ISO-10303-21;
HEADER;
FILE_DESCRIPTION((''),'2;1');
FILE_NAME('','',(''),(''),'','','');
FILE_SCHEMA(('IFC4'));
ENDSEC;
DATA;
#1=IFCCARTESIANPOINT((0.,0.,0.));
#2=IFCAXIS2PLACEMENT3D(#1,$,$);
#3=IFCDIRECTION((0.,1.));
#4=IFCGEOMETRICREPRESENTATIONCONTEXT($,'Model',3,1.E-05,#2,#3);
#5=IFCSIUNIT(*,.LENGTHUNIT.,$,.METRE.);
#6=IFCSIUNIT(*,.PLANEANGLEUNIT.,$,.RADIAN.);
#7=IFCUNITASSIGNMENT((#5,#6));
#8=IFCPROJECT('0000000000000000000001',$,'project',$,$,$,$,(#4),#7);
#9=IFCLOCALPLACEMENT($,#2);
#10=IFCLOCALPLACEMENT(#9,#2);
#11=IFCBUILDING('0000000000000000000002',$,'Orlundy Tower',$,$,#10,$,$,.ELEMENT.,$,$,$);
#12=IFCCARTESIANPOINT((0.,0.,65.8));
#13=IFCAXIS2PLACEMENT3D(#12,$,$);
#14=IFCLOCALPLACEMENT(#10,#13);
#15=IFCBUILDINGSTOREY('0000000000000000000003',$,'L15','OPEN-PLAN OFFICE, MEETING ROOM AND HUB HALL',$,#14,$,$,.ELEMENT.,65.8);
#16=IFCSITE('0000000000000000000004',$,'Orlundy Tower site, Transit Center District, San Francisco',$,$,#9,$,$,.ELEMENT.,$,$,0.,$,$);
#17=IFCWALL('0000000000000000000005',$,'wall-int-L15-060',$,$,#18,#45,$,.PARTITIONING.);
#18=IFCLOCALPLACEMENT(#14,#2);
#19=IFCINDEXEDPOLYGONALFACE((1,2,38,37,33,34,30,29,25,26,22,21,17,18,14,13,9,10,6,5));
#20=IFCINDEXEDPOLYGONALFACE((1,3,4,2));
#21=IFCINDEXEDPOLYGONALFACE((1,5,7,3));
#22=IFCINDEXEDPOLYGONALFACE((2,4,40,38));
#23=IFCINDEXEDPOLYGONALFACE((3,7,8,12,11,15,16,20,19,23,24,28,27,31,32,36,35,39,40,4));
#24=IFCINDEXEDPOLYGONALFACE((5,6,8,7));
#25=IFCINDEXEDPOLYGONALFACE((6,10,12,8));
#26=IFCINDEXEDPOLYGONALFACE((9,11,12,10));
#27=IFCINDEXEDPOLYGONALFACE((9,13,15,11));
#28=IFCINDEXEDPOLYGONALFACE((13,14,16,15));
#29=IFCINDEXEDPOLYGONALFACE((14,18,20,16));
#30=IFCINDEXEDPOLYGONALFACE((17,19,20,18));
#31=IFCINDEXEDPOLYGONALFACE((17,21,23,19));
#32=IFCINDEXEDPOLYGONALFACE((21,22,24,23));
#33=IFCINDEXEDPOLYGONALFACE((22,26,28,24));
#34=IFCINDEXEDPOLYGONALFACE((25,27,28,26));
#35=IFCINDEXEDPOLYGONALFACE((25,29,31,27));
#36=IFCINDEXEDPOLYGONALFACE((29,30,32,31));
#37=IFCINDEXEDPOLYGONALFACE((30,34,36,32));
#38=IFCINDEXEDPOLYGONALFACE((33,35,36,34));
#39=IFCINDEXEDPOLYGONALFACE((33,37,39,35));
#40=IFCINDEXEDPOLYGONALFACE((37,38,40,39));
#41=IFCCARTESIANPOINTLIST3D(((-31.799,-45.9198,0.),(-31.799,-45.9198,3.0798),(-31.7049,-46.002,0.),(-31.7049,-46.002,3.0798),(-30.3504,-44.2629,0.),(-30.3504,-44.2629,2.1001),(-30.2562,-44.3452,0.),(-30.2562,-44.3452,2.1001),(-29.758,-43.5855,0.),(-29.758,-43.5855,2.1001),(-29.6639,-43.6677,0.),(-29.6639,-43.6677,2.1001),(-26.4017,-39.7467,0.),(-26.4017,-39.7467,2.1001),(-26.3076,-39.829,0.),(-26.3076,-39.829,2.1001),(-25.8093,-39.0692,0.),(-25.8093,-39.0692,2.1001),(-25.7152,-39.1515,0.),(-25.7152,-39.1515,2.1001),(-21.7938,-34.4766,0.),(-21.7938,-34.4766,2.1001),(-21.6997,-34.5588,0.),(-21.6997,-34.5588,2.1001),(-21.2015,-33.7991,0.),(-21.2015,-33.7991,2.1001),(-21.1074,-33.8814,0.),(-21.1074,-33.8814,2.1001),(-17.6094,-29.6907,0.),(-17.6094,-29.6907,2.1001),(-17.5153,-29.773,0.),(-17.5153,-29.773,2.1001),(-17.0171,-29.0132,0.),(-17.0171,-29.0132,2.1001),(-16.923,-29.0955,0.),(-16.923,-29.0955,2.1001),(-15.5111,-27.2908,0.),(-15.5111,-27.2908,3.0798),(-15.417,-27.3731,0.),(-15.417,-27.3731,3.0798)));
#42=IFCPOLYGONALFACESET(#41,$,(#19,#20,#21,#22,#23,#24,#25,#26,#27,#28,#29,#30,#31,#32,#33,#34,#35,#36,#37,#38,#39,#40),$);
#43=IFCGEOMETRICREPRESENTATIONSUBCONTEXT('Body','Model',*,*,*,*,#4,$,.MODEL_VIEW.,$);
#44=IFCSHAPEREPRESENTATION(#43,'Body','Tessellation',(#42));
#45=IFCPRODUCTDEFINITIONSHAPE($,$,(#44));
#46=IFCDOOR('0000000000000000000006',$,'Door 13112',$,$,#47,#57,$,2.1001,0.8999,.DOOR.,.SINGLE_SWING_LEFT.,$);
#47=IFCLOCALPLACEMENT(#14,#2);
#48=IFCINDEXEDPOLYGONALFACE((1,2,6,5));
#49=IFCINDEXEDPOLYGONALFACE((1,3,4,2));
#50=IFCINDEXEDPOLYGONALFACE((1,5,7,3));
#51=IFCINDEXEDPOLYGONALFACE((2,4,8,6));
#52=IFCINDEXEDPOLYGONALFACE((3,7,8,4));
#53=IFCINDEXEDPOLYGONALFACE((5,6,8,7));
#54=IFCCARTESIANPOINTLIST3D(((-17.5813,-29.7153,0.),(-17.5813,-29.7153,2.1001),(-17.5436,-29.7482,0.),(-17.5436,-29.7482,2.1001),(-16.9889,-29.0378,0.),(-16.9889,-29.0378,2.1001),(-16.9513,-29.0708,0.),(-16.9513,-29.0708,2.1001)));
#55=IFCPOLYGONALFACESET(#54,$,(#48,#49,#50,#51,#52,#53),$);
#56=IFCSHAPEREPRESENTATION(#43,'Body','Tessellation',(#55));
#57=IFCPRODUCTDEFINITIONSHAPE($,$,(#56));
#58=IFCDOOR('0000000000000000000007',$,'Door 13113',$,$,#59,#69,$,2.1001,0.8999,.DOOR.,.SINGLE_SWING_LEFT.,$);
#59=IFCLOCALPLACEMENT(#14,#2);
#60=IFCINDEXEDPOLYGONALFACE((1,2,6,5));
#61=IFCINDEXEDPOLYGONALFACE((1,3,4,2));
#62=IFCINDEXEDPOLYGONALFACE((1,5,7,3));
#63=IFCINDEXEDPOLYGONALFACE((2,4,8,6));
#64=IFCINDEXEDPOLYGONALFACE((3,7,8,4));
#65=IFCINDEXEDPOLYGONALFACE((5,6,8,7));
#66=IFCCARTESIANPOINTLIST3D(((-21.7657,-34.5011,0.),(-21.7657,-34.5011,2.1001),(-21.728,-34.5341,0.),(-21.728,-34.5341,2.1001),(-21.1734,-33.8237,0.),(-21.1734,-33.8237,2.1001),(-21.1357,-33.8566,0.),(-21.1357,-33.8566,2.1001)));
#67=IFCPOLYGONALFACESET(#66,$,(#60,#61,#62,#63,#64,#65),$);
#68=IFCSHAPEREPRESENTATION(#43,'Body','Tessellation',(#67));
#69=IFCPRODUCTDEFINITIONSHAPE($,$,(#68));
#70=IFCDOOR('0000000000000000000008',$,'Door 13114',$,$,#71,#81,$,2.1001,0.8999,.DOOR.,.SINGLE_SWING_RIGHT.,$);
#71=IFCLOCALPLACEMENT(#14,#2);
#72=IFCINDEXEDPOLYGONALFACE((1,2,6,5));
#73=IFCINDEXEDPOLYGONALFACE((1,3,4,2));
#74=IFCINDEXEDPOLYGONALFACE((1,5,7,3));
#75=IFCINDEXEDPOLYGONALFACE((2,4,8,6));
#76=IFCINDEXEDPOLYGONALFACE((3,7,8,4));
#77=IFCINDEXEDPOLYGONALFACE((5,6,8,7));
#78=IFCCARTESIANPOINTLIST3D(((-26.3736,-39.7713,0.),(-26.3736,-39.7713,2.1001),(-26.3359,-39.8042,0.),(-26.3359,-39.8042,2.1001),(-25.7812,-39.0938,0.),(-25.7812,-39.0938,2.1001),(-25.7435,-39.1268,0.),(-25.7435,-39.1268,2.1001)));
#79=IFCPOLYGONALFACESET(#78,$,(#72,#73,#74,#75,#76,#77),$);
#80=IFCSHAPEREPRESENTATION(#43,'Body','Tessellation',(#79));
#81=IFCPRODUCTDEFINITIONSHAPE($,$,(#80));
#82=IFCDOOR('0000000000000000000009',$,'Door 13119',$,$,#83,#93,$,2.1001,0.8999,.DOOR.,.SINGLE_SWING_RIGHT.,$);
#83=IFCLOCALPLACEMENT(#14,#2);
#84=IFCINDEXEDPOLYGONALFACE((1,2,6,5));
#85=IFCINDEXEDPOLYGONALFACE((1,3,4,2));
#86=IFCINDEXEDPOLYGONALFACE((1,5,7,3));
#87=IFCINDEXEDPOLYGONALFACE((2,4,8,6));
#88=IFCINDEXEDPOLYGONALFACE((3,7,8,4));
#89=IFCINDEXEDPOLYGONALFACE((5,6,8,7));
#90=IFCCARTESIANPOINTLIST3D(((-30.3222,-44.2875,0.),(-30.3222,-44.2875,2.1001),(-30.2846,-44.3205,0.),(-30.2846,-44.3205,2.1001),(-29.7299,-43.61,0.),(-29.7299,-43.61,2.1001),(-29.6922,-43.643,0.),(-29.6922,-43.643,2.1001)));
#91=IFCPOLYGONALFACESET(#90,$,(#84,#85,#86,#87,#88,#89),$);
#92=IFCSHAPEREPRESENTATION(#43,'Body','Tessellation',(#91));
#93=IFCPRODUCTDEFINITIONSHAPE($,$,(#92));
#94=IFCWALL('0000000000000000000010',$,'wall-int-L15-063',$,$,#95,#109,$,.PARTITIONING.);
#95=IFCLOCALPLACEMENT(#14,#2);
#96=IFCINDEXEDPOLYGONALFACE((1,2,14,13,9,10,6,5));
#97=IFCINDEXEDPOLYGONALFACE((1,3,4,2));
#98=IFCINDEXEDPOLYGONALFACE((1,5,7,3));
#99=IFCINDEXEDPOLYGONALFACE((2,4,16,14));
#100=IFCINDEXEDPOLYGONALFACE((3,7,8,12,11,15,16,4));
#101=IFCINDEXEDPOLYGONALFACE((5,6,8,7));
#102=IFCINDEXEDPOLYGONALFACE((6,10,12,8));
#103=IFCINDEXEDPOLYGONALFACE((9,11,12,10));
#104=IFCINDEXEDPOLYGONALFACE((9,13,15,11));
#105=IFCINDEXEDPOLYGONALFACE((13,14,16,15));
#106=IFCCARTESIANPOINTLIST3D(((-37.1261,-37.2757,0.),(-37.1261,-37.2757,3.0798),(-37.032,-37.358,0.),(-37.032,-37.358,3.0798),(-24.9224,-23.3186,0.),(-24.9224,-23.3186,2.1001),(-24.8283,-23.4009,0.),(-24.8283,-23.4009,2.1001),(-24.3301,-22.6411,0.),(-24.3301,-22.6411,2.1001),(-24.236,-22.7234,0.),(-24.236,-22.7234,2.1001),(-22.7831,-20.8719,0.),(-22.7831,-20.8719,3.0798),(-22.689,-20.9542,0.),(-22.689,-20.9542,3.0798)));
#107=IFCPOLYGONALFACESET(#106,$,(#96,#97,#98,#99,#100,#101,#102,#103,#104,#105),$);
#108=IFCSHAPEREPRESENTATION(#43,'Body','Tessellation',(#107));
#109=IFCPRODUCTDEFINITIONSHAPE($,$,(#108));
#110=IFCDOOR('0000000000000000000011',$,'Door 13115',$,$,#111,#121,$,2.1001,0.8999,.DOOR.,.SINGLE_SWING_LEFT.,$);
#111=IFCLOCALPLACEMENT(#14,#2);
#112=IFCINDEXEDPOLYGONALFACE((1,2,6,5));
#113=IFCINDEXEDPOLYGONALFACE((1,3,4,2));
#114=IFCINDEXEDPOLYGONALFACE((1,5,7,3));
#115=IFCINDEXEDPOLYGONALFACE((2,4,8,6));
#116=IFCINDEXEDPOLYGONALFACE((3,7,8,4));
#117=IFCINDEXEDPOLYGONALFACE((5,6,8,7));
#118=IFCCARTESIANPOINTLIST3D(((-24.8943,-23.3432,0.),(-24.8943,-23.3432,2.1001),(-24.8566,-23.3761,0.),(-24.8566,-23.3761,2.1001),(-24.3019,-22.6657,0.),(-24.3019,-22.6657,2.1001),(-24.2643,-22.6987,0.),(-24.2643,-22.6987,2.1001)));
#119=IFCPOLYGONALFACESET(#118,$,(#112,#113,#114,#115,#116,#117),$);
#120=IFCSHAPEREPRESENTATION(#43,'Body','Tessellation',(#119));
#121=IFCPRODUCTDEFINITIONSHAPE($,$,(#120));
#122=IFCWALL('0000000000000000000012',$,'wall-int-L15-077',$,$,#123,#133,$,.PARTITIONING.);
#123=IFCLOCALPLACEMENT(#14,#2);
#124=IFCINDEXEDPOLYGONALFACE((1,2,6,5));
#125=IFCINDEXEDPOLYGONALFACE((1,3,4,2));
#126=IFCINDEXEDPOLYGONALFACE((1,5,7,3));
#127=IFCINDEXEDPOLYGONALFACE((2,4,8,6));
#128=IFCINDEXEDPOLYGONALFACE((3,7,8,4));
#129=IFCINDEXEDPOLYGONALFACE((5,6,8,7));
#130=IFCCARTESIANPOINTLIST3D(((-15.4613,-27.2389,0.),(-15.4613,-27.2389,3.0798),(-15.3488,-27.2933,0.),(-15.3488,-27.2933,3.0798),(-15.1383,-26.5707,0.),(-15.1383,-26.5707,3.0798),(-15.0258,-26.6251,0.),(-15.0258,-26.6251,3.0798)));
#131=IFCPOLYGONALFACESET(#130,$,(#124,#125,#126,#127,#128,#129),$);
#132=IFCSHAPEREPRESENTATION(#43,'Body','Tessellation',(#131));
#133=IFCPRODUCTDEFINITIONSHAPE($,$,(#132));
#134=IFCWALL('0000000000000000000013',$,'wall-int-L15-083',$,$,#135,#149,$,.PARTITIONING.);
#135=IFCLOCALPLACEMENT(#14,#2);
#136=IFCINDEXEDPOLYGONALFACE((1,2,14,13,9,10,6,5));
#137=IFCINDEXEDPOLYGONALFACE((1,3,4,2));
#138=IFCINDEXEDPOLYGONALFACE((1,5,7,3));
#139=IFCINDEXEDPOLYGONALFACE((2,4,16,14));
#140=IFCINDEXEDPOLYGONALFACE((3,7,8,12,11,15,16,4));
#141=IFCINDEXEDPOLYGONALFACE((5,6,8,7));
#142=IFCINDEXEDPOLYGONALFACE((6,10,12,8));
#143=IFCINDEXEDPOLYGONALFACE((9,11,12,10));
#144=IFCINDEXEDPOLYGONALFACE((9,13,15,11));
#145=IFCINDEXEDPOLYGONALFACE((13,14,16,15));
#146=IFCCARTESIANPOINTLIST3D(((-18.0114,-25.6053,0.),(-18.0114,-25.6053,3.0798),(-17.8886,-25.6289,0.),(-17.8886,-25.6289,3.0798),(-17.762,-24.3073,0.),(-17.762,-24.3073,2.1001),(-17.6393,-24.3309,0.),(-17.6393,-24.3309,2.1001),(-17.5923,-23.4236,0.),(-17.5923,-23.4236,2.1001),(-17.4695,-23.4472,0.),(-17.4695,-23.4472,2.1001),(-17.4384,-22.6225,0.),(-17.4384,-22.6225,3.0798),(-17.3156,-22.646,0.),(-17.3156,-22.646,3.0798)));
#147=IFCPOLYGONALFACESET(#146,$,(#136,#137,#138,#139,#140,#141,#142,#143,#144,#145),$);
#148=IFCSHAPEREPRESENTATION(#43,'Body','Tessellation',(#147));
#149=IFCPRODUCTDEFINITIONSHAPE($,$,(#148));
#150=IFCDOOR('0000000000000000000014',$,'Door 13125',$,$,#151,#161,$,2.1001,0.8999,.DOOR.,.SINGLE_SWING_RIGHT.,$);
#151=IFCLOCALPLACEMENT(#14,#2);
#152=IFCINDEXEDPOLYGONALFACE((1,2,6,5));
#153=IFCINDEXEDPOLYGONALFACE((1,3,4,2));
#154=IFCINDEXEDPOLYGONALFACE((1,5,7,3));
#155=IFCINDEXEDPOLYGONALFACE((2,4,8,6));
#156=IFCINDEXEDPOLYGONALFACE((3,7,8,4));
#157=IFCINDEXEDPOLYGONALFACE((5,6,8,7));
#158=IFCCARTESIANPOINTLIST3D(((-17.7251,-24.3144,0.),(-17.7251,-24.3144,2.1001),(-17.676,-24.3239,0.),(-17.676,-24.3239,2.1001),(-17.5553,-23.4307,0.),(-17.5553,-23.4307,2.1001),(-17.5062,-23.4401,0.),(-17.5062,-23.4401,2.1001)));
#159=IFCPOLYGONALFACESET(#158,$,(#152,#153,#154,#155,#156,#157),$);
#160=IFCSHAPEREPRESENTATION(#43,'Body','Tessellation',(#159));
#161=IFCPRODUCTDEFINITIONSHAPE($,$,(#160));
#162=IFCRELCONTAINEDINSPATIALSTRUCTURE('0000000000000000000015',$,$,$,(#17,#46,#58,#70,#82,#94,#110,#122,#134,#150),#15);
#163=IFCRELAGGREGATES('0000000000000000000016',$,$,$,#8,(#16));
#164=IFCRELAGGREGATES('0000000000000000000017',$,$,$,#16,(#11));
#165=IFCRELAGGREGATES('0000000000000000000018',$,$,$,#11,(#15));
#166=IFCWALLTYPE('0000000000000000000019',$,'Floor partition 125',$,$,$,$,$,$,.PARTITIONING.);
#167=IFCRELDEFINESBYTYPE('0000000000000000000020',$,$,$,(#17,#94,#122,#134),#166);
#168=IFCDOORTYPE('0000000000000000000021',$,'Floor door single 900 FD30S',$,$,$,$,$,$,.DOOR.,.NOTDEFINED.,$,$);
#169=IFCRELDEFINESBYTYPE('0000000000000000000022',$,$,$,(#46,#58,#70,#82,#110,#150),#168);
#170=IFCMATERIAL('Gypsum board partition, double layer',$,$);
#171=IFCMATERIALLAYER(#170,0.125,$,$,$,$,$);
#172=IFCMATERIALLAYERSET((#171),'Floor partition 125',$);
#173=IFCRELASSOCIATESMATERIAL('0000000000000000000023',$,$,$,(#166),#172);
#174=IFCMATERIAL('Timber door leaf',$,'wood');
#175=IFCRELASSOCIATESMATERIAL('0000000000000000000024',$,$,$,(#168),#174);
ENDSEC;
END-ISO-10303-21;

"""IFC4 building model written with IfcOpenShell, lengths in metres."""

from ifc_helpers import new_model, si_unit, direction, frame, frame_2d, origin, place, context, subcontext, project, spatial, rectangle, extrude, material, layer, layer_set, type_object, element, fill, save


model = new_model("IFC4")

# Units and contexts
model_context = context("Model", 3, precision=1e-05, world=origin(), true_north=direction((0.0, 1.0)))
body_context = subcontext(model_context, "Body", "Model", "MODEL_VIEW")
ifc_project = project(units=[si_unit("LENGTHUNIT", "METRE"), si_unit("PLANEANGLEUNIT", "RADIAN")], contexts=[model_context])

# Site, building, storey
site_placement = place(None, origin())
site = spatial("IfcSite", under=ifc_project, at=site_placement, Name="Orlundy Tower site, Transit Center District, San Francisco", CompositionType="ELEMENT", RefElevation=0.0)
building_placement = place(site_placement, origin())
building = spatial("IfcBuilding", under=site, at=building_placement, Name="Orlundy Tower", CompositionType="ELEMENT")
storey_placement = place(building_placement, frame((0.0, 0.0, 65.8)))
storey = spatial("IfcBuildingStorey", under=building, at=storey_placement, Name="L15", Description="OPEN-PLAN OFFICE, MEETING ROOM AND HUB HALL", CompositionType="ELEMENT", Elevation=65.8)

# Shared definitions
ifc_material_1 = material(Name="Gypsum board partition, double layer")
ifc_layer_1 = layer(ifc_material_1, 0.125)
ifc_layer_set_1 = layer_set([ifc_layer_1], Name="Floor partition 125")
wall_type_1 = type_object("IfcWallType", Name="Floor partition 125", PredefinedType="PARTITIONING", material=ifc_layer_set_1)

# Wall, openings, doors
wall_1_placement = place(storey_placement, frame((-15.4641, -27.332, 0.0), z_axis=(0.0, 0.0, 1.0), x_axis=(-0.65822, -0.752826, 0.0)))
wall_1 = element("IfcWall", 1, at=wall_1_placement, inside=storey, type_object=wall_type_1, Name="wall-int-L15-060", PredefinedType="PARTITIONING", context=body_context, shape_type="SweptSolid", body=[
    extrude(rectangle(XDim=24.7454, YDim=0.125, at=frame_2d((12.3726, 0.0))), origin(), (0.0, 0.0, 1.0), 3.0798),
])
opening_1_placement = place(wall_1_placement, frame((2.2878, 0.0, 0.0)))
opening_1 = element("IfcOpeningElement", 2, at=opening_1_placement, cuts=wall_1, PredefinedType="OPENING", context=body_context, shape_type="SweptSolid", body=[
    extrude(rectangle(XDim=0.8999, YDim=2.1001, at=frame_2d((0.45, 1.05))), frame((0.0, 0.0725, 0.0), z_axis=(0.0, -1.0, 0.0), x_axis=(1.0, 0.0, 0.0)), (0.0, 0.0, 1.0), 0.145),
])
opening_2_placement = place(wall_1_placement, frame((8.645, 0.0, 0.0)))
opening_2 = element("IfcOpeningElement", 3, at=opening_2_placement, cuts=wall_1, PredefinedType="OPENING", context=body_context, shape_type="SweptSolid", body=[
    extrude(rectangle(XDim=0.8999, YDim=2.1001, at=frame_2d((0.45, 1.05))), frame((0.0, 0.0725, 0.0), z_axis=(0.0, -1.0, 0.0), x_axis=(1.0, 0.0, 0.0)), (0.0, 0.0, 1.0), 0.145),
])
opening_3_placement = place(wall_1_placement, frame((15.6455, 0.0, 0.0)))
opening_3 = element("IfcOpeningElement", 4, at=opening_3_placement, cuts=wall_1, PredefinedType="OPENING", context=body_context, shape_type="SweptSolid", body=[
    extrude(rectangle(XDim=0.8999, YDim=2.1001, at=frame_2d((0.45, 1.05))), frame((0.0, 0.0725, 0.0), z_axis=(0.0, -1.0, 0.0), x_axis=(1.0, 0.0, 0.0)), (0.0, 0.0, 1.0), 0.145),
])
opening_4_placement = place(wall_1_placement, frame((21.6445, 0.0, 0.0)))
opening_4 = element("IfcOpeningElement", 5, at=opening_4_placement, cuts=wall_1, PredefinedType="OPENING", context=body_context, shape_type="SweptSolid", body=[
    extrude(rectangle(XDim=0.8999, YDim=2.1001, at=frame_2d((0.45, 1.05))), frame((0.0, 0.0725, 0.0), z_axis=(0.0, -1.0, 0.0), x_axis=(1.0, 0.0, 0.0)), (0.0, 0.0, 1.0), 0.145),
])
ifc_material_2 = material(Name="Timber door leaf", Category="wood")
door_type = type_object("IfcDoorType", Name="Floor door single 900 FD30S", OperationType="NOTDEFINED", PredefinedType="DOOR", material=ifc_material_2)
door_1_placement = place(opening_1_placement, origin())
door_1 = element("IfcDoor", 6, at=door_1_placement, inside=storey, type_object=door_type, Name="Door 13112", OperationType="SINGLE_SWING_LEFT", OverallHeight=2.1001, OverallWidth=0.8999, PredefinedType="DOOR", context=body_context, shape_type="SweptSolid", body=[
    extrude(rectangle(XDim=0.8999, YDim=2.1001, at=frame_2d((0.45, 1.05))), frame((0.0, 0.0249, 0.0), z_axis=(0.0, -1.0, 0.0), x_axis=(1.0, 0.0, 0.0)), (0.0, 0.0, 1.0), 0.05),
])
fill(opening_1, door_1)
door_2_placement = place(opening_2_placement, origin())
door_2 = element("IfcDoor", 7, at=door_2_placement, inside=storey, type_object=door_type, Name="Door 13113", OperationType="SINGLE_SWING_LEFT", OverallHeight=2.1001, OverallWidth=0.8999, PredefinedType="DOOR", context=body_context, shape_type="SweptSolid", body=[
    extrude(rectangle(XDim=0.8999, YDim=2.1001, at=frame_2d((0.45, 1.05))), frame((0.0, 0.0249, 0.0), z_axis=(0.0, -1.0, 0.0), x_axis=(1.0, 0.0, 0.0)), (0.0, 0.0, 1.0), 0.05),
])
fill(opening_2, door_2)
door_3_placement = place(opening_3_placement, origin())
door_3 = element("IfcDoor", 8, at=door_3_placement, inside=storey, type_object=door_type, Name="Door 13114", OperationType="SINGLE_SWING_RIGHT", OverallHeight=2.1001, OverallWidth=0.8999, PredefinedType="DOOR", context=body_context, shape_type="SweptSolid", body=[
    extrude(rectangle(XDim=0.8999, YDim=2.1001, at=frame_2d((0.45, 1.05))), frame((0.0, 0.0249, 0.0), z_axis=(0.0, -1.0, 0.0), x_axis=(1.0, 0.0, 0.0)), (0.0, 0.0, 1.0), 0.05),
])
fill(opening_3, door_3)
door_4_placement = place(opening_4_placement, origin())
door_4 = element("IfcDoor", 9, at=door_4_placement, inside=storey, type_object=door_type, Name="Door 13119", OperationType="SINGLE_SWING_RIGHT", OverallHeight=2.1001, OverallWidth=0.8999, PredefinedType="DOOR", context=body_context, shape_type="SweptSolid", body=[
    extrude(rectangle(XDim=0.8999, YDim=2.1001, at=frame_2d((0.45, 1.05))), frame((0.0, 0.0249, 0.0), z_axis=(0.0, -1.0, 0.0), x_axis=(1.0, 0.0, 0.0)), (0.0, 0.0, 1.0), 0.05),
])
fill(opening_4, door_4)

# Wall, opening, door
wall_2_placement = place(storey_placement, frame((-22.7361, -20.9131, 0.0), z_axis=(0.0, 0.0, 1.0), x_axis=(-0.658236, -0.752811, 0.0)))
wall_2 = element("IfcWall", 10, at=wall_2_placement, inside=storey, type_object=wall_type_1, Name="wall-int-L15-063", PredefinedType="PARTITIONING", context=body_context, shape_type="SweptSolid", body=[
    extrude(rectangle(XDim=21.79, YDim=0.125, at=frame_2d((10.895, 0.0))), origin(), (0.0, 0.0, 1.0), 3.0798),
])
opening_5_placement = place(wall_2_placement, frame((2.3501, 0.0, 0.0)))
opening_5 = element("IfcOpeningElement", 11, at=opening_5_placement, cuts=wall_2, PredefinedType="OPENING", context=body_context, shape_type="SweptSolid", body=[
    extrude(rectangle(XDim=0.8999, YDim=2.1001, at=frame_2d((0.45, 1.05))), frame((0.0, 0.0725, 0.0), z_axis=(0.0, -1.0, 0.0), x_axis=(1.0, 0.0, 0.0)), (0.0, 0.0, 1.0), 0.145),
])
door_5_placement = place(opening_5_placement, origin())
door_5 = element("IfcDoor", 12, at=door_5_placement, inside=storey, type_object=door_type, Name="Door 13115", OperationType="SINGLE_SWING_LEFT", OverallHeight=2.1001, OverallWidth=0.8999, PredefinedType="DOOR", context=body_context, shape_type="SweptSolid", body=[
    extrude(rectangle(XDim=0.8999, YDim=2.1001, at=frame_2d((0.45, 1.05))), frame((0.0, 0.0249, 0.0), z_axis=(0.0, -1.0, 0.0), x_axis=(1.0, 0.0, 0.0)), (0.0, 0.0, 1.0), 0.05),
])
fill(opening_5, door_5)

# Wall
wall_3_placement = place(storey_placement, frame((-15.405, -27.2661, 0.0), z_axis=(0.0, 0.0, 1.0), x_axis=(0.4352, 0.900334, 0.0)))
element("IfcWall", 13, at=wall_3_placement, inside=storey, type_object=wall_type_1, Name="wall-int-L15-077", PredefinedType="PARTITIONING", context=body_context, shape_type="SweptSolid", body=[
    extrude(rectangle(XDim=0.7422, YDim=0.125, at=frame_2d((0.3711, 0.0))), origin(), (0.0, 0.0, 1.0), 3.0798),
])

# Wall, opening, door
wall_4_placement = place(storey_placement, frame((-17.95, -25.6169, 0.0), z_axis=(0.0, 0.0, 1.0), x_axis=(0.188645, 0.982045, 0.0)))
wall_4 = element("IfcWall", 14, at=wall_4_placement, inside=storey, type_object=wall_type_1, Name="wall-int-L15-083", PredefinedType="PARTITIONING", context=body_context, shape_type="SweptSolid", body=[
    extrude(rectangle(XDim=3.0374, YDim=0.125, at=frame_2d((1.5186, 0.0))), origin(), (0.0, 0.0, 1.0), 3.0798),
])
opening_6_placement = place(wall_4_placement, frame((1.3215, 0.0, 0.0)))
opening_6 = element("IfcOpeningElement", 15, at=opening_6_placement, cuts=wall_4, PredefinedType="OPENING", context=body_context, shape_type="SweptSolid", body=[
    extrude(rectangle(XDim=0.8999, YDim=2.1001, at=frame_2d((0.45, 1.05))), frame((0.0, 0.0725, 0.0), z_axis=(0.0, -1.0, 0.0), x_axis=(1.0, 0.0, 0.0)), (0.0, 0.0, 1.0), 0.145),
])
door_6_placement = place(opening_6_placement, origin())
door_6 = element("IfcDoor", 16, at=door_6_placement, inside=storey, type_object=door_type, Name="Door 13125", OperationType="SINGLE_SWING_RIGHT", OverallHeight=2.1001, OverallWidth=0.8999, PredefinedType="DOOR", context=body_context, shape_type="SweptSolid", body=[
    extrude(rectangle(XDim=0.8999, YDim=2.1001, at=frame_2d((0.45, 1.05))), frame((0.0, 0.0249, 0.0), z_axis=(0.0, -1.0, 0.0), x_axis=(1.0, 0.0, 0.0)), (0.0, 0.0, 1.0), 0.05),
])
fill(opening_6, door_6)

save(model, "model.ifc")
